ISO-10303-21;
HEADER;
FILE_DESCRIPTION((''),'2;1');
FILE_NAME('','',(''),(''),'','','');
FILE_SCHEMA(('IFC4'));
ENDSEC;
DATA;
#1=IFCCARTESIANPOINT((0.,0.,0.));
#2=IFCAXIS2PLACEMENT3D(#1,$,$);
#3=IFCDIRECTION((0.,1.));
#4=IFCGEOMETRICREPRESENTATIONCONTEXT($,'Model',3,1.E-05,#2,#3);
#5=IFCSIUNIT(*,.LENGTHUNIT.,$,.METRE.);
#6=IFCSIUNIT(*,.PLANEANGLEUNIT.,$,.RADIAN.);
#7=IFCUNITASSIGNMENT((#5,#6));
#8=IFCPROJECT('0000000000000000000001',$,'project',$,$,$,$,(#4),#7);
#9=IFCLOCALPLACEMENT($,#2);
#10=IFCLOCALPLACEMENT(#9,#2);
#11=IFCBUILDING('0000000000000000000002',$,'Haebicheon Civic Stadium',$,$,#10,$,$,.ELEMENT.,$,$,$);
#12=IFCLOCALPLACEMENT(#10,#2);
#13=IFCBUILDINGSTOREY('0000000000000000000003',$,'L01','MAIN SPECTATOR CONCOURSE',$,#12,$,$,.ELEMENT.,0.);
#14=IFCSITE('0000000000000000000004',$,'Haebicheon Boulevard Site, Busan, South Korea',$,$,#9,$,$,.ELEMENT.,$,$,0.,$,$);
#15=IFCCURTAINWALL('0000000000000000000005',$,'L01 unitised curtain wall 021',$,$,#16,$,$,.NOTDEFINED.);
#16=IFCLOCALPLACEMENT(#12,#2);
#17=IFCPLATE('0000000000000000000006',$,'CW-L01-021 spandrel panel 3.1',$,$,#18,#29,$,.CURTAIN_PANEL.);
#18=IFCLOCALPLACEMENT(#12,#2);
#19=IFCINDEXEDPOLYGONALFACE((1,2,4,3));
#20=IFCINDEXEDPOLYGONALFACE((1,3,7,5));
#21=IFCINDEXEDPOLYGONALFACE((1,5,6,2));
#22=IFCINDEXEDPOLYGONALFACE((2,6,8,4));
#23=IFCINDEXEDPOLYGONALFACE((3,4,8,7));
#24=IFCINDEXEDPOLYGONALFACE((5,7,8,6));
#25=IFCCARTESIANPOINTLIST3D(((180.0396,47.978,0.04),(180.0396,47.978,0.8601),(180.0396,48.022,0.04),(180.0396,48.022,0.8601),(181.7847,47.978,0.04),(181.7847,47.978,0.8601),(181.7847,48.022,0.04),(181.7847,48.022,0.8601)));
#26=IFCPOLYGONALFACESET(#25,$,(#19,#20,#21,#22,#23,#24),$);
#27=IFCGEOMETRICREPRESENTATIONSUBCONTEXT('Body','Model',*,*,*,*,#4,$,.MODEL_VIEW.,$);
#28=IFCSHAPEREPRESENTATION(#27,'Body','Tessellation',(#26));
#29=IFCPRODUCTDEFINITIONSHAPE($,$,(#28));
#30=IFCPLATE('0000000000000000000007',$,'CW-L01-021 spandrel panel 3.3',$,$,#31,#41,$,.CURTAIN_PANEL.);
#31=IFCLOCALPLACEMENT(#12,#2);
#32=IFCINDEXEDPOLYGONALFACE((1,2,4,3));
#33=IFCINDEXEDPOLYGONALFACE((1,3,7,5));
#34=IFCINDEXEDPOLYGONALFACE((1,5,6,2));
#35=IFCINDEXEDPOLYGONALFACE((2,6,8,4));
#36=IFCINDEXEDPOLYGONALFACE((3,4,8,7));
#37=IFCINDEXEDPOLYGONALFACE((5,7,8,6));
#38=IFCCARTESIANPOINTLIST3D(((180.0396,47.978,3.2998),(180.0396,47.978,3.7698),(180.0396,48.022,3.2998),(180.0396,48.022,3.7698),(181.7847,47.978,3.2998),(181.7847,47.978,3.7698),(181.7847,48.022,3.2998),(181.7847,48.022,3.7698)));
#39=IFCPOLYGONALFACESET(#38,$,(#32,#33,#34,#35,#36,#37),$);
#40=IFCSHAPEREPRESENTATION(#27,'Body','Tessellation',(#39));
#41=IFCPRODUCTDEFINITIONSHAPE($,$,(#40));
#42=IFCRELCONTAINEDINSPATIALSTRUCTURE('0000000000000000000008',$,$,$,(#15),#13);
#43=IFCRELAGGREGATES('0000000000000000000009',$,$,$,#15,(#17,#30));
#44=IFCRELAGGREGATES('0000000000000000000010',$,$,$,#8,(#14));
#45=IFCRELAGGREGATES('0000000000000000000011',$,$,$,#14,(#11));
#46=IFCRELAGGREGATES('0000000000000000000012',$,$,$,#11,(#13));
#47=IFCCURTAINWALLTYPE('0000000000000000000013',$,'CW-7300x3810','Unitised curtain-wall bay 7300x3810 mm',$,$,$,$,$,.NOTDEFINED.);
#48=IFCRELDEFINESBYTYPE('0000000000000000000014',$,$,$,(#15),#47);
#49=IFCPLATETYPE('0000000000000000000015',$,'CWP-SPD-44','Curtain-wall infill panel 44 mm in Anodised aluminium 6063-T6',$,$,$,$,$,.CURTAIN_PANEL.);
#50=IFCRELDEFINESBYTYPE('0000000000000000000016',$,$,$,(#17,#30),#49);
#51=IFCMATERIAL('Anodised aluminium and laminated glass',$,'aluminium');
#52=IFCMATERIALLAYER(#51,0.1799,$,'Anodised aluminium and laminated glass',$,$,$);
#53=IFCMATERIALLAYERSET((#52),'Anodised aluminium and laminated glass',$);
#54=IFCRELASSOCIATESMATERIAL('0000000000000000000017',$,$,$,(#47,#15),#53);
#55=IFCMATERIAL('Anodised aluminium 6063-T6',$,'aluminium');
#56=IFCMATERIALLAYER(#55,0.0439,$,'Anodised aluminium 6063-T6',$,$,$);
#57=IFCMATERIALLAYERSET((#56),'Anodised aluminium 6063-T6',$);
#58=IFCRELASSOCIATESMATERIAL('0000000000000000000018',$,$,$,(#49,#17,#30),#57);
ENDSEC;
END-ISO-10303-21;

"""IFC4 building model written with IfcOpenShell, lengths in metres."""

from ifc_helpers import new_model, si_unit, direction, frame, origin, origin_2d, place, context, subcontext, project, spatial, rectangle, extrude, material, layer, layer_set, type_object, element, aggregate, save


model = new_model("IFC4")

# Units and contexts
model_context = context("Model", 3, precision=1e-05, world=origin(), true_north=direction((0.0, 1.0)))
body_context = subcontext(model_context, "Body", "Model", "MODEL_VIEW")
ifc_project = project(units=[si_unit("LENGTHUNIT", "METRE"), si_unit("PLANEANGLEUNIT", "RADIAN")], contexts=[model_context])

# Site, building, storey
site_placement = place(None, origin())
site = spatial("IfcSite", under=ifc_project, at=site_placement, Name="Haebicheon Boulevard Site, Busan, South Korea", CompositionType="ELEMENT", RefElevation=0.0)
building_placement = place(site_placement, origin())
building = spatial("IfcBuilding", under=site, at=building_placement, Name="Haebicheon Civic Stadium", CompositionType="ELEMENT")
storey_placement = place(building_placement, origin())
storey = spatial("IfcBuildingStorey", under=building, at=storey_placement, Name="L01", Description="MAIN SPECTATOR CONCOURSE", CompositionType="ELEMENT", Elevation=0.0)

# Curtain wall
ifc_material_1 = material(Name="Anodised aluminium and laminated glass", Category="aluminium")
ifc_layer_1 = layer(ifc_material_1, 0.1799, Name="Anodised aluminium and laminated glass")
ifc_layer_set_1 = layer_set([ifc_layer_1], Name="Anodised aluminium and laminated glass")
curtain_wall_type = type_object("IfcCurtainWallType", Name="CW-7300x3810", Description="Unitised curtain-wall bay 7300x3810 mm", PredefinedType="NOTDEFINED", material=ifc_layer_set_1)
curtain_wall_placement = place(storey_placement, origin())
curtain_wall = element("IfcCurtainWall", 1, at=curtain_wall_placement, inside=storey, type_object=curtain_wall_type, material=ifc_layer_set_1, Name="L01 unitised curtain wall 021", PredefinedType="NOTDEFINED")

# Plates
ifc_material_2 = material(Name="Anodised aluminium 6063-T6", Category="aluminium")
ifc_layer_2 = layer(ifc_material_2, 0.0439, Name="Anodised aluminium 6063-T6")
ifc_layer_set_2 = layer_set([ifc_layer_2], Name="Anodised aluminium 6063-T6")
plate_type_1 = type_object("IfcPlateType", Name="CWP-SPD-44", Description="Curtain-wall infill panel 44 mm in Anodised aluminium 6063-T6", PredefinedType="CURTAIN_PANEL", material=ifc_layer_set_2)
plate_1_placement = place(storey_placement, frame((180.9121, 48.0, 0.04), z_axis=(0.0, 0.0, 1.0), x_axis=(1.0, 0.0, 0.0)))
plate_1 = element("IfcPlate", 2, at=plate_1_placement, type_object=plate_type_1, material=ifc_layer_set_2, Name="CW-L01-021 spandrel panel 3.1", PredefinedType="CURTAIN_PANEL", context=body_context, shape_type="SweptSolid", body=[
    extrude(rectangle(XDim=1.7451, YDim=0.0439, at=origin_2d()), origin(), (0.0, 0.0, 1.0), 0.8201),
])
plate_2_placement = place(storey_placement, frame((180.9121, 48.0, 3.2998), z_axis=(0.0, 0.0, 1.0), x_axis=(1.0, 0.0, 0.0)))
plate_2 = element("IfcPlate", 3, at=plate_2_placement, type_object=plate_type_1, material=ifc_layer_set_2, Name="CW-L01-021 spandrel panel 3.3", PredefinedType="CURTAIN_PANEL", context=body_context, shape_type="SweptSolid", body=[
    extrude(rectangle(XDim=1.7451, YDim=0.0439, at=origin_2d()), origin(), (0.0, 0.0, 1.0), 0.47),
])
aggregate(curtain_wall, [plate_1, plate_2])

save(model, "model.ifc")
